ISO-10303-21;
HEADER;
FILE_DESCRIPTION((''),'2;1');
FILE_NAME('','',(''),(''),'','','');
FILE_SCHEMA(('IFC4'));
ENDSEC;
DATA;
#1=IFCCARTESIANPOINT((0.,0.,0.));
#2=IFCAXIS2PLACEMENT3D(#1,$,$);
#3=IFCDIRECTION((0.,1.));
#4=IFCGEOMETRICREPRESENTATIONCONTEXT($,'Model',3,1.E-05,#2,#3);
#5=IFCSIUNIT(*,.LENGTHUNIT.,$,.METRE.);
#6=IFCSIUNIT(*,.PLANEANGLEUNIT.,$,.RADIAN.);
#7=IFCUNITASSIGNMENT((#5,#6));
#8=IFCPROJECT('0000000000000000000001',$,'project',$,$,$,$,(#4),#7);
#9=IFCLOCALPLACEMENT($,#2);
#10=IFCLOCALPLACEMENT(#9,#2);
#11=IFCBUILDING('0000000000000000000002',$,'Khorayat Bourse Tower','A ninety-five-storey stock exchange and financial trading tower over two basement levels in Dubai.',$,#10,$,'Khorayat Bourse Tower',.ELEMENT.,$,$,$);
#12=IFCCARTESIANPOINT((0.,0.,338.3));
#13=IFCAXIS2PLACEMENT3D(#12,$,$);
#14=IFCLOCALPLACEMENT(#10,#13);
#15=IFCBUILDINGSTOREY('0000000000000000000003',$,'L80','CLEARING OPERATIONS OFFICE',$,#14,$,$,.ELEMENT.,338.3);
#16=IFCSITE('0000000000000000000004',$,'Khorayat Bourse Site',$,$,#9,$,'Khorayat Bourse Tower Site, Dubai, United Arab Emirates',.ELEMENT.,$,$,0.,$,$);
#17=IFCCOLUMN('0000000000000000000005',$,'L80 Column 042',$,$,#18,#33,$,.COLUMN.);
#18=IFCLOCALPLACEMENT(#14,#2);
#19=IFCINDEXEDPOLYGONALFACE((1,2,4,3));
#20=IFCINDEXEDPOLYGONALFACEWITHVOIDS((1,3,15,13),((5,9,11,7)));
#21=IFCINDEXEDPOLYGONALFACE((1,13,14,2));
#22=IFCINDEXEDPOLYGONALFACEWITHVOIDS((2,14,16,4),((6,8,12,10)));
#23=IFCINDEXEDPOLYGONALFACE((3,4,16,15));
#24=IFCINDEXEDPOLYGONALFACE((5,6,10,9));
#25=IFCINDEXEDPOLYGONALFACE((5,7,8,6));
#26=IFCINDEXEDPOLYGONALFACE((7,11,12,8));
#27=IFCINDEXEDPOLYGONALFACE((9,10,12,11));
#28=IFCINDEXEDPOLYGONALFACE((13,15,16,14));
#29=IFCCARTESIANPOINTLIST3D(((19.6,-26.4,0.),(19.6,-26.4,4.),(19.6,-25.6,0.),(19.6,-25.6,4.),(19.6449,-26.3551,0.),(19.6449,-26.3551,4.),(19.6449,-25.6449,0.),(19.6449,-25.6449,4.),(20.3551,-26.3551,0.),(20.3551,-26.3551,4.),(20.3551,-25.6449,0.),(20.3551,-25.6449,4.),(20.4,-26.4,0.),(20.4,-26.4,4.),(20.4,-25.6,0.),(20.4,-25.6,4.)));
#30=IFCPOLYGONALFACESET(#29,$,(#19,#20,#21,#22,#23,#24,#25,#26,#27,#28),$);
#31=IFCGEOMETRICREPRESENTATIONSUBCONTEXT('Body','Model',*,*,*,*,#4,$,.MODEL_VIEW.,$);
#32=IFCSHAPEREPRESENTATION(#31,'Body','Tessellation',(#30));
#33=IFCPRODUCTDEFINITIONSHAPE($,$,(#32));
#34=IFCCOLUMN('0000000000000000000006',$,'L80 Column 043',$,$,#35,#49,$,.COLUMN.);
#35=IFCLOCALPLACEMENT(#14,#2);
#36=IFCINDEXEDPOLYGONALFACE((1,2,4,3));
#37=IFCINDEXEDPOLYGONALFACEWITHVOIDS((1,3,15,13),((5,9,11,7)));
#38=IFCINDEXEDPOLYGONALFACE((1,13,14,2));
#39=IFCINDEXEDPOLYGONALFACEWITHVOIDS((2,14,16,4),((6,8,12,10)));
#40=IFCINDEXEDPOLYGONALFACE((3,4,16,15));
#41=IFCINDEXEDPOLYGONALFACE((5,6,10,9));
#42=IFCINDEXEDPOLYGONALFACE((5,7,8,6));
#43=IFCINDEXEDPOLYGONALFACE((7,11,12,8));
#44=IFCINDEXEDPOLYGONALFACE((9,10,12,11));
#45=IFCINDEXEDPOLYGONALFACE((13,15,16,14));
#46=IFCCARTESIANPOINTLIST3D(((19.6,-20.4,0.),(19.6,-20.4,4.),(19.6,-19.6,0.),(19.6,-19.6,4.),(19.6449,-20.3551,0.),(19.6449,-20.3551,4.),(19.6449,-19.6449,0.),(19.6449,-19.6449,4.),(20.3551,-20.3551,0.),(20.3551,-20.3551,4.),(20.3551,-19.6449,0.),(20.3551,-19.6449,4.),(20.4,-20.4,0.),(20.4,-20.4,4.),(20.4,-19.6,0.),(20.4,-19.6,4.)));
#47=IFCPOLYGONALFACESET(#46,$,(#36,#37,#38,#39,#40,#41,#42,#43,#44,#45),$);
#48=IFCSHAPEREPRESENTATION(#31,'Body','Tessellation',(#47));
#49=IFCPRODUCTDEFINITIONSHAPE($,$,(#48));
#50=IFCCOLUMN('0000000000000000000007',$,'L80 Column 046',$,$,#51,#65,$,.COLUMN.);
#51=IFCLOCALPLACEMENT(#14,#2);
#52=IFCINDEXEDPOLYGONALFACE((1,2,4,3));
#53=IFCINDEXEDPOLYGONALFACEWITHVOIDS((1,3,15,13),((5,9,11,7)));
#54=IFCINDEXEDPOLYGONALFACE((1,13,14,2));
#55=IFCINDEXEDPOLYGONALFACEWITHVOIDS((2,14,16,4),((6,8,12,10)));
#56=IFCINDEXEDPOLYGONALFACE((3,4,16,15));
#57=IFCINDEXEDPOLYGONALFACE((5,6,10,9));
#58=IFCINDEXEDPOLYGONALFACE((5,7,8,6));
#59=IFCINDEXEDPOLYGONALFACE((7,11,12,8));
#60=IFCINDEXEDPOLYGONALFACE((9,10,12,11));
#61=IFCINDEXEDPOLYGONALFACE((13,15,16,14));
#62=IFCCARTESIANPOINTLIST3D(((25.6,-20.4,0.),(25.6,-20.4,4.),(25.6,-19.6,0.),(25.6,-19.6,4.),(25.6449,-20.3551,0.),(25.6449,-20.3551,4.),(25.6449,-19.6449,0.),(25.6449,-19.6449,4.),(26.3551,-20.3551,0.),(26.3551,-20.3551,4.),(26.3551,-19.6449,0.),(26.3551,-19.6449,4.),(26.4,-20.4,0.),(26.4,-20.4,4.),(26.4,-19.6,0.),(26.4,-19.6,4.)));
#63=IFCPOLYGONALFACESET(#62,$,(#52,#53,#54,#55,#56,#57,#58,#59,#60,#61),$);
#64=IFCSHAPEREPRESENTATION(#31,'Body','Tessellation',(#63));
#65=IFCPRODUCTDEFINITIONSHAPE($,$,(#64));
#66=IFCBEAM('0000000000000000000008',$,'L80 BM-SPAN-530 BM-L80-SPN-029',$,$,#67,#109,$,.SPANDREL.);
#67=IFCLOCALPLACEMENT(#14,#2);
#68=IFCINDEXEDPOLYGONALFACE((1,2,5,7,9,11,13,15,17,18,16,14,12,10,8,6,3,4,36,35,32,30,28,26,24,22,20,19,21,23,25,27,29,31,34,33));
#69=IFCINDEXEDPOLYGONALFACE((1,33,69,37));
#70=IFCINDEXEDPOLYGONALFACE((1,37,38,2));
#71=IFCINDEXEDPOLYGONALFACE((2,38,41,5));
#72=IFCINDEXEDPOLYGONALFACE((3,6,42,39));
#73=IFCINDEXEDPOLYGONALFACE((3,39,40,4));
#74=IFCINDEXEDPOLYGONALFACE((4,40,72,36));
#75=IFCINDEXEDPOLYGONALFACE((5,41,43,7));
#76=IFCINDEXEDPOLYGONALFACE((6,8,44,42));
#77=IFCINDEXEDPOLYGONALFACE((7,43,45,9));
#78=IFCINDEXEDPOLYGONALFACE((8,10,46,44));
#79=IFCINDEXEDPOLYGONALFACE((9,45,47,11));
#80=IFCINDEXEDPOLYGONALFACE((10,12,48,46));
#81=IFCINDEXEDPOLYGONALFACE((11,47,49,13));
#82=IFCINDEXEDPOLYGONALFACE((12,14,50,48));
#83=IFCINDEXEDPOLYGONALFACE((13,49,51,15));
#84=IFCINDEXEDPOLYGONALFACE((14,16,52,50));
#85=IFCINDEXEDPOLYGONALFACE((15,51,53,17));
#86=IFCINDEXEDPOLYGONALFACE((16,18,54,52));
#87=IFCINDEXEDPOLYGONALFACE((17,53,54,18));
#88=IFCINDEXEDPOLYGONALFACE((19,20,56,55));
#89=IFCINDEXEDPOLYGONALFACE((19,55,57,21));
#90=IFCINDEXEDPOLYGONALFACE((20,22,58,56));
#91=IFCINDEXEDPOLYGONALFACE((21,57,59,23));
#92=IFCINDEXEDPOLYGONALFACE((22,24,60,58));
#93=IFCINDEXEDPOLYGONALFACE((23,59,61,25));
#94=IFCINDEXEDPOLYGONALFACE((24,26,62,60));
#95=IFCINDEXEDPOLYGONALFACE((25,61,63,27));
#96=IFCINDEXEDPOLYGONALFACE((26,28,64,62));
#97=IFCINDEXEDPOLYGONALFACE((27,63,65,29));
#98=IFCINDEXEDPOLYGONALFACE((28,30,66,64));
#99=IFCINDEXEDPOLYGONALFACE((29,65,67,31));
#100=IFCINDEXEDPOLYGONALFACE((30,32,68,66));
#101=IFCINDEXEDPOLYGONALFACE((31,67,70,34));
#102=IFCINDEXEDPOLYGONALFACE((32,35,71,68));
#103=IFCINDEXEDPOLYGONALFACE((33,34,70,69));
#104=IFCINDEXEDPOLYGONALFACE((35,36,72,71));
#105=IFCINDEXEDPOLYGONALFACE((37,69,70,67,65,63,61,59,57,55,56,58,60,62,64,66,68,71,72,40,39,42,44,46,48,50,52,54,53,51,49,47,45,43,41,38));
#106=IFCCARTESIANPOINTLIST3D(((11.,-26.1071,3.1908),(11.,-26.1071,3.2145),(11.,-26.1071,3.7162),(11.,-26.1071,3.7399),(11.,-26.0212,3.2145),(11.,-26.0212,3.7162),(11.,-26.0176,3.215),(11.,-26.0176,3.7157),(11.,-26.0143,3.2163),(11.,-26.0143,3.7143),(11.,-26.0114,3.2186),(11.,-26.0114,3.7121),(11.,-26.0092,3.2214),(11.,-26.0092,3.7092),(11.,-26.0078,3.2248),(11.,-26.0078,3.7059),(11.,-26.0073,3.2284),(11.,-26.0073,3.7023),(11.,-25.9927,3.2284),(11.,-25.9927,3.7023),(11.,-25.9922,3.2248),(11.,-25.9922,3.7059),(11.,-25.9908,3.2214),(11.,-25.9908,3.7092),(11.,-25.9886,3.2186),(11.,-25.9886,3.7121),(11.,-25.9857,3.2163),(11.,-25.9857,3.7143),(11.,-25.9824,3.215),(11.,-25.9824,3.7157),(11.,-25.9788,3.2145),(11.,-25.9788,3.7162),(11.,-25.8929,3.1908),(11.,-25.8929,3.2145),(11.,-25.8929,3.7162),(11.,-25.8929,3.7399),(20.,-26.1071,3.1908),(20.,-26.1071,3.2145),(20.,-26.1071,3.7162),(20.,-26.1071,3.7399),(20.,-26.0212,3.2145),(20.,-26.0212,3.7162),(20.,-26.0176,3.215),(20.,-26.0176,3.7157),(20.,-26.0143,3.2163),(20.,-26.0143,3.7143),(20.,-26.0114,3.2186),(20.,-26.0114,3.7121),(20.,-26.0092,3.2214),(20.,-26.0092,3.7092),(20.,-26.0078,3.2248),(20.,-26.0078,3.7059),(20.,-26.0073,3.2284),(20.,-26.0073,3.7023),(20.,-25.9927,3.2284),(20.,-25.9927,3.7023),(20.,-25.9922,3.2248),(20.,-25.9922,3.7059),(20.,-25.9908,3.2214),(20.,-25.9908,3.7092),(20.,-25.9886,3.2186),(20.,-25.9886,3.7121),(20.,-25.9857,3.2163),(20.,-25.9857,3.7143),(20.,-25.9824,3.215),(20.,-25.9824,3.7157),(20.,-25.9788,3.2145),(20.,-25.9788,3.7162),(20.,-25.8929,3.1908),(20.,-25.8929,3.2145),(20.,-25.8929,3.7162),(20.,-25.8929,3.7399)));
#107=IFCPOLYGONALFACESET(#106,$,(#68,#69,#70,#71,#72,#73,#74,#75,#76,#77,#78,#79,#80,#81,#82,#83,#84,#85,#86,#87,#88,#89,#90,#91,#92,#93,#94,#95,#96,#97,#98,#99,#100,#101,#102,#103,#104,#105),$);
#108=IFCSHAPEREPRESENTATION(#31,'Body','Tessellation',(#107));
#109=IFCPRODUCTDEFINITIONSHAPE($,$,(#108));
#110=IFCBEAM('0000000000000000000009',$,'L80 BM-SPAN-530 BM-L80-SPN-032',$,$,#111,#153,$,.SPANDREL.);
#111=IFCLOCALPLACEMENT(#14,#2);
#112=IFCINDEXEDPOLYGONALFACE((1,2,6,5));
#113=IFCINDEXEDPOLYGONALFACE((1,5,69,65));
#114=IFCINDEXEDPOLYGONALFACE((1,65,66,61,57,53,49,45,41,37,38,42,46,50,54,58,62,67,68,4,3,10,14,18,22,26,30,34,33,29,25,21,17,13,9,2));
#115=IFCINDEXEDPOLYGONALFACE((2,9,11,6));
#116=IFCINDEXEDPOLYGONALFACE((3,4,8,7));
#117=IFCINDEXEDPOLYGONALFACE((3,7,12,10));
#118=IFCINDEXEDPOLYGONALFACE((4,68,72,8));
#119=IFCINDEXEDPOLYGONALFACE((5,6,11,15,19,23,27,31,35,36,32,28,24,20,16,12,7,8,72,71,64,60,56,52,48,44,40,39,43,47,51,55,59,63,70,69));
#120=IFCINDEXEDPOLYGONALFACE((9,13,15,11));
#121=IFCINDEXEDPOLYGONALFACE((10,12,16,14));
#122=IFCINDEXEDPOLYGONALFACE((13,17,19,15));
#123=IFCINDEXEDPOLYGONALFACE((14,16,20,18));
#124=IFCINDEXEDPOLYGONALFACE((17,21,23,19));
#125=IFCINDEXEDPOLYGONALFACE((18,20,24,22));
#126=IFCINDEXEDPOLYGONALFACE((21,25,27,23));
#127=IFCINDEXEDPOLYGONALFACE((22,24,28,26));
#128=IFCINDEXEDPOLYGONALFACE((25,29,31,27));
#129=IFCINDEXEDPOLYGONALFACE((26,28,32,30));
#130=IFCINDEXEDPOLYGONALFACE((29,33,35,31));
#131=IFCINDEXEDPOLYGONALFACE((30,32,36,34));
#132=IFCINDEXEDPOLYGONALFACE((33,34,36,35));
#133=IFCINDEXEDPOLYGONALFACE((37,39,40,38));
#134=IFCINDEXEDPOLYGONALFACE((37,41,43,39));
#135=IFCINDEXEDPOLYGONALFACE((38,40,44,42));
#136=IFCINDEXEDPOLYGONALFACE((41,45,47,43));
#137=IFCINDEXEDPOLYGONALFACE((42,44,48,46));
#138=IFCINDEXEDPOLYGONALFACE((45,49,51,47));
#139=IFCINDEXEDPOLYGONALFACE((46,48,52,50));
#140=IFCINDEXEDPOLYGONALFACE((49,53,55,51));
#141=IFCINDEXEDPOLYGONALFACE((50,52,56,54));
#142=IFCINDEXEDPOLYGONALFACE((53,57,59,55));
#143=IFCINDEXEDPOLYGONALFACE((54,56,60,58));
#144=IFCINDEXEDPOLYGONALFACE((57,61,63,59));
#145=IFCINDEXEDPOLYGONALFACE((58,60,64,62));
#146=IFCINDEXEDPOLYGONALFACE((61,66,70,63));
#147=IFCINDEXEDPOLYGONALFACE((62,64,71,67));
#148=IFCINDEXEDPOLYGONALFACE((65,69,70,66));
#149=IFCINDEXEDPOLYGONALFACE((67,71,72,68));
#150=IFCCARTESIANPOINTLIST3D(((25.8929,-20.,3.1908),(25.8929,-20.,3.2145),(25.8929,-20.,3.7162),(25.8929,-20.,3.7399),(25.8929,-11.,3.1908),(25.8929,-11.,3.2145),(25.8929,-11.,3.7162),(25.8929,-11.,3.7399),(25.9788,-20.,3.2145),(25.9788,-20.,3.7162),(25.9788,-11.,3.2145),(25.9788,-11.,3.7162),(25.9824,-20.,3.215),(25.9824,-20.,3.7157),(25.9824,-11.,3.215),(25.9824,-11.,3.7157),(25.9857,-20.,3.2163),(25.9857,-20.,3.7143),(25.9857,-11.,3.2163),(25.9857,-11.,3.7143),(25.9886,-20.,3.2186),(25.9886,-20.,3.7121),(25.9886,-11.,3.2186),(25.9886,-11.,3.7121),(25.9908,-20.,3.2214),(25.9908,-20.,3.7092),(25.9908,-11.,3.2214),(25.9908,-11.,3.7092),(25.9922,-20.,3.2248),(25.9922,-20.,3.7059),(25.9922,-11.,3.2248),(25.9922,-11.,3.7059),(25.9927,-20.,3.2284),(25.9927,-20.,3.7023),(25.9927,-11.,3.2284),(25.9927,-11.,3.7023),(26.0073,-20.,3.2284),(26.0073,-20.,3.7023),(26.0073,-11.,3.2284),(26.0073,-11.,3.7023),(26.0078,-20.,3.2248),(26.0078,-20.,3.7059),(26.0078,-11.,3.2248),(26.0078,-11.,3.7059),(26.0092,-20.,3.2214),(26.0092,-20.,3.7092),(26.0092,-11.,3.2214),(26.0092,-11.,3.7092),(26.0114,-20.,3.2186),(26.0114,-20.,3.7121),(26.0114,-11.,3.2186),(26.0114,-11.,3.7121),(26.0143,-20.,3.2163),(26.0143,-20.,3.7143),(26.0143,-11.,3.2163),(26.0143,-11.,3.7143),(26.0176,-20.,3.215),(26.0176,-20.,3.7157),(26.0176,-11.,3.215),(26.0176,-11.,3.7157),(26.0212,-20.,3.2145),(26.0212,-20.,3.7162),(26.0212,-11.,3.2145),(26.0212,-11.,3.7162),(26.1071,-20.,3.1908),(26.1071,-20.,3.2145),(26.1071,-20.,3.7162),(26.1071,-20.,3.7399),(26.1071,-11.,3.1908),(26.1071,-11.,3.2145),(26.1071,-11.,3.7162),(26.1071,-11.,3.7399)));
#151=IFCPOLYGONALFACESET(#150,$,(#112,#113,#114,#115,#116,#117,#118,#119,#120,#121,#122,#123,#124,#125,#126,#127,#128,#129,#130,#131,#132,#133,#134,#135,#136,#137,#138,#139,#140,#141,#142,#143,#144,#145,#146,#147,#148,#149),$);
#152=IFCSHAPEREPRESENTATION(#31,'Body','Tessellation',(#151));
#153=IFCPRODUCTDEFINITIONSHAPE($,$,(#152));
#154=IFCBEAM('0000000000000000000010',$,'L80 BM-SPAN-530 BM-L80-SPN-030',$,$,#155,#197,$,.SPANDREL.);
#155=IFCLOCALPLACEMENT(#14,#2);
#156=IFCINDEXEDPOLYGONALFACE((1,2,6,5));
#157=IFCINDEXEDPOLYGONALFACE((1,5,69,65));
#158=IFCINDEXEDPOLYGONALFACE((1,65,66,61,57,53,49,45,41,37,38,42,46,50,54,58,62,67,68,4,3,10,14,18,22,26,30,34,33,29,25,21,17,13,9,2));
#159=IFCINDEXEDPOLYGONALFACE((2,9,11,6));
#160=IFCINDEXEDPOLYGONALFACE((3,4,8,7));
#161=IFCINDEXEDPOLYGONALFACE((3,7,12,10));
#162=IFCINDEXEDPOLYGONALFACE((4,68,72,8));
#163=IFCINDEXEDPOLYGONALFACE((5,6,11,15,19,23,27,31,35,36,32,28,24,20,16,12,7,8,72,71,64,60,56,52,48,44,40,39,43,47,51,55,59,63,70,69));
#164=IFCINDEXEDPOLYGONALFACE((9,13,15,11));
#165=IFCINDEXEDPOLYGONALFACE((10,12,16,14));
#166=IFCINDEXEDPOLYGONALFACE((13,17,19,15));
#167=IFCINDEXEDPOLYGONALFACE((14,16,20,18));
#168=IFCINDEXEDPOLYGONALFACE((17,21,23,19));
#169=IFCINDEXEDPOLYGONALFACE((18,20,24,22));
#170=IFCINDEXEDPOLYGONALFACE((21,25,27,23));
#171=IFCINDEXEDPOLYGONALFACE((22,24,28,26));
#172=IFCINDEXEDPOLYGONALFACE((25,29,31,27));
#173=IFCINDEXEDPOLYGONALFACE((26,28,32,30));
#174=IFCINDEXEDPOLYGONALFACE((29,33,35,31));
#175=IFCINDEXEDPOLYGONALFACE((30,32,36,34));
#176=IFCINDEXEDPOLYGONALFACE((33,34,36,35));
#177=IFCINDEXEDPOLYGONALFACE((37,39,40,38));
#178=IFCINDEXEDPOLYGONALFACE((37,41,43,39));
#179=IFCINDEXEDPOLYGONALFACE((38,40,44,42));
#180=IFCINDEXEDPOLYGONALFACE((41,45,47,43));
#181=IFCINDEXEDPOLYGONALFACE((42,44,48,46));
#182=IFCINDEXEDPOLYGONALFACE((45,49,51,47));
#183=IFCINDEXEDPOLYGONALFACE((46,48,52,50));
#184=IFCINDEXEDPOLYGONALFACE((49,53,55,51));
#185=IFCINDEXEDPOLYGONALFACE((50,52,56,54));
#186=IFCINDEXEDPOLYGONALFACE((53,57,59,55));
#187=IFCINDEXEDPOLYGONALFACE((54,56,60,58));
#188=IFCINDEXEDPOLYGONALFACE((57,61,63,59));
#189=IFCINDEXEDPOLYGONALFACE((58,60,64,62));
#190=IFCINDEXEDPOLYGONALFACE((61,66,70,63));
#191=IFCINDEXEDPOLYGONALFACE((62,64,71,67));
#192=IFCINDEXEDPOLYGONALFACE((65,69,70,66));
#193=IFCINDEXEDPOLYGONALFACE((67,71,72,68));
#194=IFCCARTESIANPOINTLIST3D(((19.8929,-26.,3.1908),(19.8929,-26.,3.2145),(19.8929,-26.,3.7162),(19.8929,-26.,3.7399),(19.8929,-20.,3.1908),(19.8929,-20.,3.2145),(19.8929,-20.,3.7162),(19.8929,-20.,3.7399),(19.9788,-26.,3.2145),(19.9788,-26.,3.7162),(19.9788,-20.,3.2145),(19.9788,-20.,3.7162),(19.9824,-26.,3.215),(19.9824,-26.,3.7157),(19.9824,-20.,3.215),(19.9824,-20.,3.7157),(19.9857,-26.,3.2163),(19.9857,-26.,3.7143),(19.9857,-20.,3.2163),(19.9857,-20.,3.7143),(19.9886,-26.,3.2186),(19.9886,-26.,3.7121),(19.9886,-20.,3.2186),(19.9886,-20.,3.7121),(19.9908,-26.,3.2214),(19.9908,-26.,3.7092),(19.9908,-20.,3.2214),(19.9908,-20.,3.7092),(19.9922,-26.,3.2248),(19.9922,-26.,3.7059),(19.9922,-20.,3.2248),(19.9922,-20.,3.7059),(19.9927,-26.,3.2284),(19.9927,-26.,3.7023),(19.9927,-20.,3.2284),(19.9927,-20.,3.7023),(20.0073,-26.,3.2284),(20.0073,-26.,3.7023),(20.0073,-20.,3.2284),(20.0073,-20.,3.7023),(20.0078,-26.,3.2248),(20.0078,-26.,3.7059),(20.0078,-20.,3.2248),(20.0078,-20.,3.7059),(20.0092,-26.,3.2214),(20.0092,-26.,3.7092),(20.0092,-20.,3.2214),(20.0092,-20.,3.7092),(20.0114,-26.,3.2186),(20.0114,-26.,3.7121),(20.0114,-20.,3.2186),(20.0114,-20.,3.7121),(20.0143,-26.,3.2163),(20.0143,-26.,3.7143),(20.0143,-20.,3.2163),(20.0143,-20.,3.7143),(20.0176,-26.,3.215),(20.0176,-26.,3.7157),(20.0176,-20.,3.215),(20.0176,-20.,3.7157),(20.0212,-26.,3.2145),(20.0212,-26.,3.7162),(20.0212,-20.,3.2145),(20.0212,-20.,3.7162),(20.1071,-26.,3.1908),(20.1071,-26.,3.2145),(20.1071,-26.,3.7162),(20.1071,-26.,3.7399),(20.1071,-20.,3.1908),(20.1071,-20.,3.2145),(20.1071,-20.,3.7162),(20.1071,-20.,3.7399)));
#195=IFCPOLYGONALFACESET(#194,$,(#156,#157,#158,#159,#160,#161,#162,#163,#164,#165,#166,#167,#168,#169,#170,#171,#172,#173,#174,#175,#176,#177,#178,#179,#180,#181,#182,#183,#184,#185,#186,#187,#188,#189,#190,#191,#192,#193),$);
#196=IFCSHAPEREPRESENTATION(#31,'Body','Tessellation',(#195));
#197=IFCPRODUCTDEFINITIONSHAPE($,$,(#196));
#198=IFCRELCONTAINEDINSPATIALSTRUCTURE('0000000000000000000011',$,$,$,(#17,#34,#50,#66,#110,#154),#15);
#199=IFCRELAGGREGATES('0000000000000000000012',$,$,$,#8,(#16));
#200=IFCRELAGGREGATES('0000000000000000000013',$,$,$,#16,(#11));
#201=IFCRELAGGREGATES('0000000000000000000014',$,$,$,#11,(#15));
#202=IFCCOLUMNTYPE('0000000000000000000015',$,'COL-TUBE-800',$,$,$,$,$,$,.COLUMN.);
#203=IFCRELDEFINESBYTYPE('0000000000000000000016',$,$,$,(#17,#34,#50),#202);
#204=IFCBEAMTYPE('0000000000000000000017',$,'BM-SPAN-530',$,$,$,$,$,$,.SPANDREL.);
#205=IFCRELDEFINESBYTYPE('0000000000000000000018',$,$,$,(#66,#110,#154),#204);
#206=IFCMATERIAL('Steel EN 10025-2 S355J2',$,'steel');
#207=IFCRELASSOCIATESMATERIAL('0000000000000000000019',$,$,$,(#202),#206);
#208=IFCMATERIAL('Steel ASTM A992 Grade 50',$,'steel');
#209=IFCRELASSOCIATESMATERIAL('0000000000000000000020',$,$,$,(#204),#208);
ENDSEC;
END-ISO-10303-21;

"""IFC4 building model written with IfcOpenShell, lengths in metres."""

from ifc_helpers import new_model, si_unit, direction, frame, origin, origin_2d, place, context, subcontext, project, spatial, hollow_rectangle, i_section, extrude, source, transform, mapped, material, material_profile, profile_set, type_object, element, save


model = new_model("IFC4")

# Units and contexts
model_context = context("Model", 3, precision=1e-05, world=origin(), true_north=direction((0.0, 1.0)))
body_context = subcontext(model_context, "Body", "Model", "MODEL_VIEW")
ifc_project = project(units=[si_unit("LENGTHUNIT", "METRE"), si_unit("PLANEANGLEUNIT", "RADIAN")], contexts=[model_context])

# Site, building, storey
site_placement = place(None, origin())
site = spatial("IfcSite", under=ifc_project, at=site_placement, Name="Khorayat Bourse Site", LongName="Khorayat Bourse Tower Site, Dubai, United Arab Emirates", CompositionType="ELEMENT", RefElevation=0.0)
building_placement = place(site_placement, origin())
building = spatial("IfcBuilding", under=site, at=building_placement, Name="Khorayat Bourse Tower", Description="A ninety-five-storey stock exchange and financial trading tower over two basement levels in Dubai.", LongName="Khorayat Bourse Tower", CompositionType="ELEMENT")
storey_placement = place(building_placement, frame((0.0, 0.0, 338.3)))
storey = spatial("IfcBuildingStorey", under=building, at=storey_placement, Name="L80", Description="CLEARING OPERATIONS OFFICE", CompositionType="ELEMENT", Elevation=338.3)

# Columns
ifc_material_1 = material(Name="Steel EN 10025-2 S355J2", Category="steel")
ifc_material_profile_1 = material_profile(ifc_material_1, hollow_rectangle(XDim=0.8, YDim=0.8, WallThickness=0.0449, at=origin_2d()), Name="BOX 800x800x45")
ifc_profile_set_1 = profile_set([ifc_material_profile_1], Name="Steel EN 10025-2 S355J2")
column_type = type_object("IfcColumnType", Name="COL-TUBE-800", PredefinedType="COLUMN", material=ifc_profile_set_1)
shared_shape_1 = source(origin(), body_context, "Body", "SweptSolid", [
    extrude(hollow_rectangle(XDim=0.8, YDim=0.8, WallThickness=0.0449, at=origin_2d()), origin(), (0.0, 0.0, 1.0), 4.0),
])
for number, where, z_axis, x_axis, name in (
    (1, (20.0, -26.0, 0.0), (0.0, 0.0, 1.0), (1.0, 0.0, 0.0), "L80 Column 042"),
    (2, (20.0, -20.0, 0.0), (0.0, 0.0, 1.0), (1.0, 0.0, 0.0), "L80 Column 043"),
    (3, (26.0, -20.0, 0.0), (0.0, 0.0, 1.0), (1.0, 0.0, 0.0), "L80 Column 046"),
):
    element("IfcColumn", number, at=place(storey_placement, frame(where, z_axis=z_axis, x_axis=x_axis)), inside=storey, type_object=column_type, Name=name, PredefinedType="COLUMN", context=body_context, shape_type="MappedRepresentation", body=[
        mapped(shared_shape_1, transform((0.0, 0.0, 0.0), scale=1.0)),
    ])

# Beams
ifc_material_2 = material(Name="Steel ASTM A992 Grade 50", Category="steel")
ifc_material_profile_2 = material_profile(ifc_material_2, i_section(OverallWidth=0.2141, OverallDepth=0.5491, WebThickness=0.0146, FlangeThickness=0.0237, FilletRadius=0.0139, at=origin_2d()), Name="W530X138")
ifc_profile_set_2 = profile_set([ifc_material_profile_2], Name="Steel ASTM A992 Grade 50")
beam_type_1 = type_object("IfcBeamType", Name="BM-SPAN-530", PredefinedType="SPANDREL", material=ifc_profile_set_2)
shared_shape_2 = source(origin(), body_context, "Body", "SweptSolid", [
    extrude(i_section(OverallWidth=0.2141, OverallDepth=0.5491, WebThickness=0.0146, FlangeThickness=0.0237, FilletRadius=0.0139, at=origin_2d()), origin(), (0.0, 0.0, 1.0), 9.0),
])
for number, where, z_axis, x_axis, name in (
    (4, (11.0, -26.0, 3.4653), (1.0, 0.0, 0.0), (0.0, 1.0, 0.0), "L80 BM-SPAN-530 BM-L80-SPN-029"),
    (5, (26.0, -20.0, 3.4653), (0.0, 1.0, 0.0), (-1.0, 0.0, 0.0), "L80 BM-SPAN-530 BM-L80-SPN-032"),
):
    element("IfcBeam", number, at=place(storey_placement, frame(where, z_axis=z_axis, x_axis=x_axis)), inside=storey, type_object=beam_type_1, Name=name, PredefinedType="SPANDREL", context=body_context, shape_type="MappedRepresentation", body=[
        mapped(shared_shape_2, transform((0.0, 0.0, 0.0), scale=1.0)),
    ])
shared_shape_3 = source(origin(), body_context, "Body", "SweptSolid", [
    extrude(i_section(OverallWidth=0.2141, OverallDepth=0.5491, WebThickness=0.0146, FlangeThickness=0.0237, FilletRadius=0.0139, at=origin_2d()), origin(), (0.0, 0.0, 1.0), 6.0),
])
for number, where, z_axis, x_axis, name in (
    (6, (20.0, -26.0, 3.4653), (0.0, 1.0, 0.0), (-1.0, 0.0, 0.0), "L80 BM-SPAN-530 BM-L80-SPN-030"),
):
    element("IfcBeam", number, at=place(storey_placement, frame(where, z_axis=z_axis, x_axis=x_axis)), inside=storey, type_object=beam_type_1, Name=name, PredefinedType="SPANDREL", context=body_context, shape_type="MappedRepresentation", body=[
        mapped(shared_shape_3, transform((0.0, 0.0, 0.0), scale=1.0)),
    ])

save(model, "model.ifc")
